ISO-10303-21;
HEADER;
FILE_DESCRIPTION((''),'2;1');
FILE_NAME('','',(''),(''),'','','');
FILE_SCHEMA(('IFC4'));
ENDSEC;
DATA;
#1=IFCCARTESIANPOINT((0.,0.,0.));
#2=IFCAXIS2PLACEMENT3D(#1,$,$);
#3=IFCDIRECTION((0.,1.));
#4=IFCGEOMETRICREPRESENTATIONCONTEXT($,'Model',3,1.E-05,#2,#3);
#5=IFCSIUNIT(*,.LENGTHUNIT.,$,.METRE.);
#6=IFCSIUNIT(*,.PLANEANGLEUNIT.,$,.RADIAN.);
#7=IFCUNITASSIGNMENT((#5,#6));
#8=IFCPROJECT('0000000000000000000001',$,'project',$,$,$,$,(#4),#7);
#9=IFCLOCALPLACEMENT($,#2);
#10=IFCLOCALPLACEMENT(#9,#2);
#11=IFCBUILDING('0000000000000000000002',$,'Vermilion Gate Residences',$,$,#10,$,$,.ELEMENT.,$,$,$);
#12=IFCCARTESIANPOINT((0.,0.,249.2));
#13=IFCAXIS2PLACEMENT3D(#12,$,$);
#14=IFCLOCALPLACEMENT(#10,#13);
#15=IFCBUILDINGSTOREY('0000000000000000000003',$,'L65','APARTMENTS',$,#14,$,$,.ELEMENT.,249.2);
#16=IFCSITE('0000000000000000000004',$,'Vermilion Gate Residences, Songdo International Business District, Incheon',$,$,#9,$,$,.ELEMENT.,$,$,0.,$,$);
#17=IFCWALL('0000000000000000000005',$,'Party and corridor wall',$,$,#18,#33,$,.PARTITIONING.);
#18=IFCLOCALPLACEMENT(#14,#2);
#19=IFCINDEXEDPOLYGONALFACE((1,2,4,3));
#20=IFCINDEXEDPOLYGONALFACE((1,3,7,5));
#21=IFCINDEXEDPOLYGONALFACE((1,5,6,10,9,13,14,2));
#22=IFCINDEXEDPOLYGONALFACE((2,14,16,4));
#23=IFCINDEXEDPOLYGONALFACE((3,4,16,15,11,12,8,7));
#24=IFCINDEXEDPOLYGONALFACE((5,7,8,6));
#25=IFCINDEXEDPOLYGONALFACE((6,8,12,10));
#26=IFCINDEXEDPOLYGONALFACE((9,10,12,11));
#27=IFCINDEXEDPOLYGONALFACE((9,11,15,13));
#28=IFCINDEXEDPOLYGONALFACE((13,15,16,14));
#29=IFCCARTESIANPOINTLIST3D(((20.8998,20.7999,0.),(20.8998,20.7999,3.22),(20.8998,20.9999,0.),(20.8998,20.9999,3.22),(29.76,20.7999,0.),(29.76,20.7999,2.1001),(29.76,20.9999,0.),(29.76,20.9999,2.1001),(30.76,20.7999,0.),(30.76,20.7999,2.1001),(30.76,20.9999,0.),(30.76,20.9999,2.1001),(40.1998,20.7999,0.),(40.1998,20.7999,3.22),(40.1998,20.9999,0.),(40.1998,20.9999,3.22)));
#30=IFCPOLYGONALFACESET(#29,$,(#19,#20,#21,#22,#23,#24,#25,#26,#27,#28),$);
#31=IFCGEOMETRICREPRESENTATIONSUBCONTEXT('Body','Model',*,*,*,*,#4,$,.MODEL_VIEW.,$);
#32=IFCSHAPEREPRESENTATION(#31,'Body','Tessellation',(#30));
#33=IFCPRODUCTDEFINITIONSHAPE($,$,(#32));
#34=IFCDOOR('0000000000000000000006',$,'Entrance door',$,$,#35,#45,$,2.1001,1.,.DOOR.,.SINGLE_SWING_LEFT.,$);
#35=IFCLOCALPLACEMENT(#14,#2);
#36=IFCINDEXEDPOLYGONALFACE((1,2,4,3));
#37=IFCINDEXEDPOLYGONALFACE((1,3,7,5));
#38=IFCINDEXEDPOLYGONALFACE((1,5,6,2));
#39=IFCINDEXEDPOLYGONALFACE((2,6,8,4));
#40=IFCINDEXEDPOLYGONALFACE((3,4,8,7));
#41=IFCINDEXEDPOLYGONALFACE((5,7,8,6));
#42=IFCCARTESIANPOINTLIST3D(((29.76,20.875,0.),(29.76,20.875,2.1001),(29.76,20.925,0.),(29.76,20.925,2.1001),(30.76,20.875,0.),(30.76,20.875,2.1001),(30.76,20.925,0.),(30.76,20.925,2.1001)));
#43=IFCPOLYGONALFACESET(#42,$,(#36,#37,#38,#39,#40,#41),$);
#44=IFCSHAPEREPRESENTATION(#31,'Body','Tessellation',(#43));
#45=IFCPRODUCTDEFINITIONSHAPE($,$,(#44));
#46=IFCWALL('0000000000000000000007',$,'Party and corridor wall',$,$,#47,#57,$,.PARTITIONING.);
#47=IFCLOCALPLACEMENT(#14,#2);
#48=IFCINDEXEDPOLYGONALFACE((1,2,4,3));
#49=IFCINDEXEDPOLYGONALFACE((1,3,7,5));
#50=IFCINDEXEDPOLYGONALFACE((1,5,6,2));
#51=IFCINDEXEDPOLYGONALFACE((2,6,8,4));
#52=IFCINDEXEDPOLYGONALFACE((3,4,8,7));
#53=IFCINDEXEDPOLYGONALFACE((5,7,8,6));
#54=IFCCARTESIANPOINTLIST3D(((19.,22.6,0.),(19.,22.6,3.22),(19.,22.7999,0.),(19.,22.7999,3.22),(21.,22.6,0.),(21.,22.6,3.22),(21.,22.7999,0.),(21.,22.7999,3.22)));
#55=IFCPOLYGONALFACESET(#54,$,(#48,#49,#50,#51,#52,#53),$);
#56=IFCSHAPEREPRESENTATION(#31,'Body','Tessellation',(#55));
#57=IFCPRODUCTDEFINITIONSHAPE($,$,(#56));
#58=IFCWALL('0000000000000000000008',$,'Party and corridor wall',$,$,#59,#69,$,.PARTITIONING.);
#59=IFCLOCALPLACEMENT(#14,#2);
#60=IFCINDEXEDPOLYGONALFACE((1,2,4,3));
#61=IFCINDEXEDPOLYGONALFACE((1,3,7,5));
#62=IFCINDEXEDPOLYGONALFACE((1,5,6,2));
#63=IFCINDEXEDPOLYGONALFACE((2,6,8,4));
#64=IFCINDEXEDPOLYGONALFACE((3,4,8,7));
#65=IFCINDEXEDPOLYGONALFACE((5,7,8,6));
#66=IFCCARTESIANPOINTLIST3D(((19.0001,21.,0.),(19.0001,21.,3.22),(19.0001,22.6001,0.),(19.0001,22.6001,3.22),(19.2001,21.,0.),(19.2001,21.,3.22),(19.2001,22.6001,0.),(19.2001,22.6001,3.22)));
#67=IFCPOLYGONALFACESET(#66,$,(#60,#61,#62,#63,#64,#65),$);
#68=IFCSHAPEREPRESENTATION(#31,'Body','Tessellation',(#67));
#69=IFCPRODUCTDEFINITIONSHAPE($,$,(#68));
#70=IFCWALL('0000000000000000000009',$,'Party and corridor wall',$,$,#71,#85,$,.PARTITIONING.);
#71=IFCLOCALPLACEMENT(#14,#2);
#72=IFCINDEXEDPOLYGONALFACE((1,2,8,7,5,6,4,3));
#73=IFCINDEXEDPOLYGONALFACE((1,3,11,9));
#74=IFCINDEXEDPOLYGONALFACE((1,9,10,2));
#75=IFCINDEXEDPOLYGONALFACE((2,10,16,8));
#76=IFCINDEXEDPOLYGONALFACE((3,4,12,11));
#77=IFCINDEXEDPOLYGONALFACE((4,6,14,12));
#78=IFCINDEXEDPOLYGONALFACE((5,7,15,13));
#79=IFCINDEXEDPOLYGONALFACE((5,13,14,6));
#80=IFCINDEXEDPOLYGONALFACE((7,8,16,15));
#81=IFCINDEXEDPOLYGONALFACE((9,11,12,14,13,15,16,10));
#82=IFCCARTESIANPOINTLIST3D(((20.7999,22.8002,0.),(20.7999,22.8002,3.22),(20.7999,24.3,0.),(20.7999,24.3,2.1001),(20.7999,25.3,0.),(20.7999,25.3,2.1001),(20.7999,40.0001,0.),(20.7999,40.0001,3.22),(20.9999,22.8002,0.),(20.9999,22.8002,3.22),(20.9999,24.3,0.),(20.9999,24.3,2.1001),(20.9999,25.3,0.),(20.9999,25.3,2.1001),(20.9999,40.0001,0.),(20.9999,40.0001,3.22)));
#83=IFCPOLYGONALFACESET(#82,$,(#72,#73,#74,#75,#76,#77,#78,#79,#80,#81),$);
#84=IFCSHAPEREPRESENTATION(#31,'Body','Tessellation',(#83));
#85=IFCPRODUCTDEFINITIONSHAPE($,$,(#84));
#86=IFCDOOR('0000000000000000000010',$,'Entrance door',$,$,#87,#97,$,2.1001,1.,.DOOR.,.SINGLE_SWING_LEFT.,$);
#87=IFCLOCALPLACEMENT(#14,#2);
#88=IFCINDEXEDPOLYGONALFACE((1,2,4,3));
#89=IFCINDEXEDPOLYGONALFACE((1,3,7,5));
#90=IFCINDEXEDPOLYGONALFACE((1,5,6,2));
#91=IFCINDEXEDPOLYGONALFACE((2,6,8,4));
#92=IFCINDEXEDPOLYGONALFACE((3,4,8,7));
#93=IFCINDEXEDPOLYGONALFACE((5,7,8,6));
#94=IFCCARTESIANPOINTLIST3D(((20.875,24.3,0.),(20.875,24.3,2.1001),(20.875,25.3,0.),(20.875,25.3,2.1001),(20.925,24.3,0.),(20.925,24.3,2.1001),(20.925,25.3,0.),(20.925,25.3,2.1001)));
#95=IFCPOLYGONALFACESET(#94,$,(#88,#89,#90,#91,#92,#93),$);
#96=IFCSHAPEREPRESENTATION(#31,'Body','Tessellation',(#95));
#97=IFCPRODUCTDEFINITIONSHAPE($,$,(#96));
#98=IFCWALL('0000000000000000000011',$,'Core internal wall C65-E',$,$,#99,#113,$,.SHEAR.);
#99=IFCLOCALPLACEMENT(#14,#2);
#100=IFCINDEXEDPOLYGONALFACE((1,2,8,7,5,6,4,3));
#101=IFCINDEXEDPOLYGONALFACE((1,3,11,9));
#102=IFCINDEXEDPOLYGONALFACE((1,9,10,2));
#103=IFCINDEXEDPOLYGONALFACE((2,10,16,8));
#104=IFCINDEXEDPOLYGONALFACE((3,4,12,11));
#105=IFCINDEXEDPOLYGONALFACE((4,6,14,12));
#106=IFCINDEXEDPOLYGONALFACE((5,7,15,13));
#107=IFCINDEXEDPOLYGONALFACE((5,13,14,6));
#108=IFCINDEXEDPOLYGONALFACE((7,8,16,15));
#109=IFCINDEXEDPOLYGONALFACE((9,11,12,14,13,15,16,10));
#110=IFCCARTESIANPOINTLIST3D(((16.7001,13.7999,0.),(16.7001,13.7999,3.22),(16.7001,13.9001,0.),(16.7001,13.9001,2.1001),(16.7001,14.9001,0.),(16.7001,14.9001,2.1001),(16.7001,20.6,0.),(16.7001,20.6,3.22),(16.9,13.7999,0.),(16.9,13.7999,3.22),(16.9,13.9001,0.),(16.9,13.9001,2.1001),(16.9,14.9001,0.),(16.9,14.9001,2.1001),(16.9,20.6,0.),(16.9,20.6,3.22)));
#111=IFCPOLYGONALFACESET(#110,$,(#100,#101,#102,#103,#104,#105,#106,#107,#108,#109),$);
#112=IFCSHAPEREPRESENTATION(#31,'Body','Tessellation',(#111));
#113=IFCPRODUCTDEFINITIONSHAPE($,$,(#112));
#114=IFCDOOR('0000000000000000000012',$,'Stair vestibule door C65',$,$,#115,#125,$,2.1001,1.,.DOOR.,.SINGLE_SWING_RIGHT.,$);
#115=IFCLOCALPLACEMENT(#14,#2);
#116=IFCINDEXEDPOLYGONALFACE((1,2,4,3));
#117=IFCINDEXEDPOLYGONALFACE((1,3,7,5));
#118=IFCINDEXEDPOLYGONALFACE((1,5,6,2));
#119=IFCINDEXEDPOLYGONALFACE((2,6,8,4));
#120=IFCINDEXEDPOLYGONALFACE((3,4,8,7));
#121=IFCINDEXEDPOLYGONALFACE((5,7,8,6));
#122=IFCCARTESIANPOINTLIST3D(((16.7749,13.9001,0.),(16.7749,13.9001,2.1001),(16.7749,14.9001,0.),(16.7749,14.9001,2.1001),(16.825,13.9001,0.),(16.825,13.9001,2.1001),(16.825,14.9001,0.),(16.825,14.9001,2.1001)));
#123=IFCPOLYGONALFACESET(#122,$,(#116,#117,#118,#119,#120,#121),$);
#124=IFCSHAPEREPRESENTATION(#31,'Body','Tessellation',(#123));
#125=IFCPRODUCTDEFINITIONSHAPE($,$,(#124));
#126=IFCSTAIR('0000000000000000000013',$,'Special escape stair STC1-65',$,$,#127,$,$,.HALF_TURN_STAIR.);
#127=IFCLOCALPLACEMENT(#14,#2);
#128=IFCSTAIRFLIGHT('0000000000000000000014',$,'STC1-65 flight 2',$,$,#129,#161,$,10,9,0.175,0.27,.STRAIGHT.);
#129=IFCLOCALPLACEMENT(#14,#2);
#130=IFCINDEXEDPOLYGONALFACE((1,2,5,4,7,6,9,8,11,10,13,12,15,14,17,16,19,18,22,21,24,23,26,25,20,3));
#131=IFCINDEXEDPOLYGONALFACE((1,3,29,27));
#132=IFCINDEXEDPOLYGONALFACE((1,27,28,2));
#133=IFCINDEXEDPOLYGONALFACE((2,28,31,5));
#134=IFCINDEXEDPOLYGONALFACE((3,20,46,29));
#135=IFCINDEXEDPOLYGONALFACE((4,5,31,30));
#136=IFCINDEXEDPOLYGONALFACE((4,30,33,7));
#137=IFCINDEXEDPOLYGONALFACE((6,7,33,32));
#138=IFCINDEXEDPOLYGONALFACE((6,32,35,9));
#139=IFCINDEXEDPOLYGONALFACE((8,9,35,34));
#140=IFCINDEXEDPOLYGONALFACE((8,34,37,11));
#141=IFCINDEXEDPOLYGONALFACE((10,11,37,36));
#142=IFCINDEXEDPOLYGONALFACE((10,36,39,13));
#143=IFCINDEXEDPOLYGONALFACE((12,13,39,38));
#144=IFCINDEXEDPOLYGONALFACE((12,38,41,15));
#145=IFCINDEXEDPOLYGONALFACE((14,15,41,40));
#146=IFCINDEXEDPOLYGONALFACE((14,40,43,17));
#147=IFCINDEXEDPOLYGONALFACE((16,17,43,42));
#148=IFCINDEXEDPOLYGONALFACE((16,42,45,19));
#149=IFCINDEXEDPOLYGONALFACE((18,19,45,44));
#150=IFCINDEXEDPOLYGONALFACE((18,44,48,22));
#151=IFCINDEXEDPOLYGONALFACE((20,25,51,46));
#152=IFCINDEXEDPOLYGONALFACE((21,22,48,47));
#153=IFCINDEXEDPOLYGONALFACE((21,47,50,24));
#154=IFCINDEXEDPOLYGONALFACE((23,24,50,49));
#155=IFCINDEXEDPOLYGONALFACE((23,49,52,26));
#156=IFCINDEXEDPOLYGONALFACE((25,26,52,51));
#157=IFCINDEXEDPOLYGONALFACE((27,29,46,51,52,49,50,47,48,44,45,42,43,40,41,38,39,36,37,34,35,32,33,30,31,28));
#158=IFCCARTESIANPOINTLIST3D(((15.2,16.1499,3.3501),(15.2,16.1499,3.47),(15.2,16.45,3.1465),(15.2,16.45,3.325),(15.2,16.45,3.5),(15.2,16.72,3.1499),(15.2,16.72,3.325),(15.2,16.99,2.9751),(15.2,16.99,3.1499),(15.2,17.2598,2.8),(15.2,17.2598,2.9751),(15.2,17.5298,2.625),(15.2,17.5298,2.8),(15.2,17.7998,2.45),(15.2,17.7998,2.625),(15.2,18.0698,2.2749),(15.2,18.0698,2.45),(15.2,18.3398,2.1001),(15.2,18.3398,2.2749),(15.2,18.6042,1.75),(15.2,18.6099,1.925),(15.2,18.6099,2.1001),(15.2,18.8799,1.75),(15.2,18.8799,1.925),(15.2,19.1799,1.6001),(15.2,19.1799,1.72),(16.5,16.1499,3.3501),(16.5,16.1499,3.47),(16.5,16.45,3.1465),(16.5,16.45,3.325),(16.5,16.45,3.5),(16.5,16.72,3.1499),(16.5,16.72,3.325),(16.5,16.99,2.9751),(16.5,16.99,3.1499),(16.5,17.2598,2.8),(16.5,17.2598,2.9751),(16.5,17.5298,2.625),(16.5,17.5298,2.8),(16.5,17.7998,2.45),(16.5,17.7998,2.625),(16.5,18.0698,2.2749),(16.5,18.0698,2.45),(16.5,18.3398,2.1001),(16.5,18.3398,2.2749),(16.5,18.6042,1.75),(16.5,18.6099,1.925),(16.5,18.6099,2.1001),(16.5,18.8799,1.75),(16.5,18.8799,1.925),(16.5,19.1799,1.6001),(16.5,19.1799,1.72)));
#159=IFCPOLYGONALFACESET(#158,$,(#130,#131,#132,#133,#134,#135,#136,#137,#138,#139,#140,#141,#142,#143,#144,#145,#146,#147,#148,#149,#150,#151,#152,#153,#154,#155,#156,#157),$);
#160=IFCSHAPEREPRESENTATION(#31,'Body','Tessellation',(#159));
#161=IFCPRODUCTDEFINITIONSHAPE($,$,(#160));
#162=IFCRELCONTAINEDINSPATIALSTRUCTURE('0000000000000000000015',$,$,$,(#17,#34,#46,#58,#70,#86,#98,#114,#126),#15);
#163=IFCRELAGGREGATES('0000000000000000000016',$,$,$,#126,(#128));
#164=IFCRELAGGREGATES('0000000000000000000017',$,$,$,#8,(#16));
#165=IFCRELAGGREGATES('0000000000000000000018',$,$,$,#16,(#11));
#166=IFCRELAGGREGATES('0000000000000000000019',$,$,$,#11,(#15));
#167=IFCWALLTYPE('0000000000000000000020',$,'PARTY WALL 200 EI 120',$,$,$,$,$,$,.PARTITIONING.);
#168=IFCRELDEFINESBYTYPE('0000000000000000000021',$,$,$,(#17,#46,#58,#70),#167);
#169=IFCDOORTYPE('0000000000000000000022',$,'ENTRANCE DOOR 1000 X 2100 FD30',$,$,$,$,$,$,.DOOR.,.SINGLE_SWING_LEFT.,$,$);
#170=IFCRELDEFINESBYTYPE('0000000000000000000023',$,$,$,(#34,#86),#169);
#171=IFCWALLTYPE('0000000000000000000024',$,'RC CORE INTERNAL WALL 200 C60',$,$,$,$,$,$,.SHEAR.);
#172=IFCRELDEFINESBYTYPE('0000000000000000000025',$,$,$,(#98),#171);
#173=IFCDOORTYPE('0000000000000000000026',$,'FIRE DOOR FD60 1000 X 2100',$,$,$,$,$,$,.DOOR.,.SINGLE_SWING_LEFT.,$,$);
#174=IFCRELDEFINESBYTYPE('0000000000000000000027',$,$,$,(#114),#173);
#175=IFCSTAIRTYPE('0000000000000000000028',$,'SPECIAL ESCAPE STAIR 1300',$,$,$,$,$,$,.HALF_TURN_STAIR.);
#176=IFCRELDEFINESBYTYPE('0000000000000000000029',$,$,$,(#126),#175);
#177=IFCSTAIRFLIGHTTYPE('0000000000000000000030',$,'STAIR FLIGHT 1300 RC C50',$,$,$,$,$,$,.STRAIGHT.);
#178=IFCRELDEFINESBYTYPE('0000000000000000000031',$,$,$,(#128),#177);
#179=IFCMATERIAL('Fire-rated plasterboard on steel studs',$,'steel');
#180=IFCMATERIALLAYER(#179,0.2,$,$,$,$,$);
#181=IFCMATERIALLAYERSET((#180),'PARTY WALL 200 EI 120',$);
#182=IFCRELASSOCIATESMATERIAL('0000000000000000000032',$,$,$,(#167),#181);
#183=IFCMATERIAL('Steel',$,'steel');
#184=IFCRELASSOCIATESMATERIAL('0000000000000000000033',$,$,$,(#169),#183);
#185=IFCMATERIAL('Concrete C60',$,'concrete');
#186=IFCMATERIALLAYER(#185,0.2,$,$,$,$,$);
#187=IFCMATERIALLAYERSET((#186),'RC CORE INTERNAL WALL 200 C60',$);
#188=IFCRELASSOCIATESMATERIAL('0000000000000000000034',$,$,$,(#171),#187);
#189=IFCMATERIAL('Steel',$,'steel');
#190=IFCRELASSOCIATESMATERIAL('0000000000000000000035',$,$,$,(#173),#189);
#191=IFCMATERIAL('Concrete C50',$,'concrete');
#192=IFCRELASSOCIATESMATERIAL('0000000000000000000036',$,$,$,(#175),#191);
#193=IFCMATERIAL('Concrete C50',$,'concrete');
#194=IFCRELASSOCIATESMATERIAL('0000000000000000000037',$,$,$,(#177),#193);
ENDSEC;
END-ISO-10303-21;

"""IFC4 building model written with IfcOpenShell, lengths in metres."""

from ifc_helpers import new_model, si_unit, direction, frame, frame_2d, origin, place, context, subcontext, project, spatial, polyline, rectangle, outline, extrude, material, layer, layer_set, type_object, element, fill, aggregate, save


model = new_model("IFC4")

# Units and contexts
model_context = context("Model", 3, precision=1e-05, world=origin(), true_north=direction((0.0, 1.0)))
body_context = subcontext(model_context, "Body", "Model", "MODEL_VIEW")
ifc_project = project(units=[si_unit("LENGTHUNIT", "METRE"), si_unit("PLANEANGLEUNIT", "RADIAN")], contexts=[model_context])

# Site, building, storey
site_placement = place(None, origin())
site = spatial("IfcSite", under=ifc_project, at=site_placement, Name="Vermilion Gate Residences, Songdo International Business District, Incheon", CompositionType="ELEMENT", RefElevation=0.0)
building_placement = place(site_placement, origin())
building = spatial("IfcBuilding", under=site, at=building_placement, Name="Vermilion Gate Residences", CompositionType="ELEMENT")
storey_placement = place(building_placement, frame((0.0, 0.0, 249.2)))
storey = spatial("IfcBuildingStorey", under=building, at=storey_placement, Name="L65", Description="APARTMENTS", CompositionType="ELEMENT", Elevation=249.2)

# Wall, opening, door
ifc_material_1 = material(Name="Fire-rated plasterboard on steel studs", Category="steel")
ifc_layer_1 = layer(ifc_material_1, 0.2)
ifc_layer_set_1 = layer_set([ifc_layer_1], Name="PARTY WALL 200 EI 120")
wall_type_1 = type_object("IfcWallType", Name="PARTY WALL 200 EI 120", PredefinedType="PARTITIONING", material=ifc_layer_set_1)
ifc_material_2 = material(Name="Steel", Category="steel")
door_type_1 = type_object("IfcDoorType", Name="ENTRANCE DOOR 1000 X 2100 FD30", OperationType="SINGLE_SWING_LEFT", PredefinedType="DOOR", material=ifc_material_2)
wall_1_placement = place(storey_placement, frame((20.8999, 20.8999, 0.0), z_axis=(0.0, 0.0, 1.0), x_axis=(1.0, 0.0, 0.0)))
wall_1 = element("IfcWall", 1, at=wall_1_placement, inside=storey, type_object=wall_type_1, Name="Party and corridor wall", PredefinedType="PARTITIONING", context=body_context, shape_type="SweptSolid", body=[
    extrude(rectangle(XDim=19.3, YDim=0.2, at=frame_2d((9.6499, 0.0))), origin(), (0.0, 0.0, 1.0), 3.22),
])
opening_1_placement = place(wall_1_placement, frame((8.8601, 0.0, 0.0)))
opening_1 = element("IfcOpeningElement", 2, at=opening_1_placement, cuts=wall_1, PredefinedType="OPENING", context=body_context, shape_type="SweptSolid", body=[
    extrude(rectangle(XDim=1.0, YDim=2.1001, at=frame_2d((0.5, 1.05))), frame((0.0, 0.1099, 0.0), z_axis=(0.0, -1.0, 0.0), x_axis=(1.0, 0.0, 0.0)), (0.0, 0.0, 1.0), 0.22),
])
door_1_placement = place(opening_1_placement, frame((1.0, 0.0, 0.0), z_axis=(0.0, 0.0, 1.0), x_axis=(-1.0, 0.0, 0.0)))
door_1 = element("IfcDoor", 3, at=door_1_placement, inside=storey, type_object=door_type_1, Name="Entrance door", OperationType="SINGLE_SWING_LEFT", OverallHeight=2.1001, OverallWidth=1.0, PredefinedType="DOOR", context=body_context, shape_type="SweptSolid", body=[
    extrude(rectangle(XDim=1.0, YDim=2.1001, at=frame_2d((0.5, 1.05))), frame((0.0, 0.0249, 0.0), z_axis=(0.0, -1.0, 0.0), x_axis=(1.0, 0.0, 0.0)), (0.0, 0.0, 1.0), 0.05),
])
fill(opening_1, door_1)

# Walls
wall_2_placement = place(storey_placement, frame((19.0, 22.7, 0.0), z_axis=(0.0, 0.0, 1.0), x_axis=(1.0, 0.0, 0.0)))
element("IfcWall", 4, at=wall_2_placement, inside=storey, type_object=wall_type_1, Name="Party and corridor wall", PredefinedType="PARTITIONING", context=body_context, shape_type="SweptSolid", body=[
    extrude(rectangle(XDim=2.0, YDim=0.2, at=frame_2d((1.0, 0.0))), origin(), (0.0, 0.0, 1.0), 3.22),
])
wall_3_placement = place(storey_placement, frame((19.1001, 21.0, 0.0), z_axis=(0.0, 0.0, 1.0), x_axis=(0.0, 1.0, 0.0)))
element("IfcWall", 5, at=wall_3_placement, inside=storey, type_object=wall_type_1, Name="Party and corridor wall", PredefinedType="PARTITIONING", context=body_context, shape_type="SweptSolid", body=[
    extrude(rectangle(XDim=1.6001, YDim=0.2, at=frame_2d((0.8, 0.0))), origin(), (0.0, 0.0, 1.0), 3.22),
])

# Walls, openings, doors
wall_4_placement = place(storey_placement, frame((20.8999, 22.8, 0.0), z_axis=(0.0, 0.0, 1.0), x_axis=(0.0, 1.0, 0.0)))
wall_4 = element("IfcWall", 6, at=wall_4_placement, inside=storey, type_object=wall_type_1, Name="Party and corridor wall", PredefinedType="PARTITIONING", context=body_context, shape_type="SweptSolid", body=[
    extrude(rectangle(XDim=17.2, YDim=0.2, at=frame_2d((8.6001, 0.0))), origin(), (0.0, 0.0, 1.0), 3.22),
])
opening_2_placement = place(wall_4_placement, frame((1.5, 0.0, 0.0)))
opening_2 = element("IfcOpeningElement", 7, at=opening_2_placement, cuts=wall_4, PredefinedType="OPENING", context=body_context, shape_type="SweptSolid", body=[
    extrude(rectangle(XDim=1.0, YDim=2.1001, at=frame_2d((0.5, 1.05))), frame((0.0, 0.1099, 0.0), z_axis=(0.0, -1.0, 0.0), x_axis=(1.0, 0.0, 0.0)), (0.0, 0.0, 1.0), 0.22),
])
door_2_placement = place(opening_2_placement, origin())
door_2 = element("IfcDoor", 8, at=door_2_placement, inside=storey, type_object=door_type_1, Name="Entrance door", OperationType="SINGLE_SWING_LEFT", OverallHeight=2.1001, OverallWidth=1.0, PredefinedType="DOOR", context=body_context, shape_type="SweptSolid", body=[
    extrude(rectangle(XDim=1.0, YDim=2.1001, at=frame_2d((0.5, 1.05))), frame((0.0, 0.0249, 0.0), z_axis=(0.0, -1.0, 0.0), x_axis=(1.0, 0.0, 0.0)), (0.0, 0.0, 1.0), 0.05),
])
fill(opening_2, door_2)
ifc_material_3 = material(Name="Concrete C60", Category="concrete")
ifc_layer_2 = layer(ifc_material_3, 0.2)
ifc_layer_set_2 = layer_set([ifc_layer_2], Name="RC CORE INTERNAL WALL 200 C60")
wall_type_2 = type_object("IfcWallType", Name="RC CORE INTERNAL WALL 200 C60", PredefinedType="SHEAR", material=ifc_layer_set_2)
wall_5_placement = place(storey_placement, frame((16.8, 13.8, 0.0), z_axis=(0.0, 0.0, 1.0), x_axis=(0.0, 1.0, 0.0)))
wall_5 = element("IfcWall", 9, at=wall_5_placement, inside=storey, type_object=wall_type_2, Name="Core internal wall C65-E", PredefinedType="SHEAR", context=body_context, shape_type="SweptSolid", body=[
    extrude(rectangle(XDim=6.8, YDim=0.2, at=frame_2d((3.3999, 0.0))), origin(), (0.0, 0.0, 1.0), 3.22),
])
opening_3_placement = place(wall_5_placement, frame((0.1001, 0.0, 0.0)))
opening_3 = element("IfcOpeningElement", 10, at=opening_3_placement, cuts=wall_5, PredefinedType="OPENING", context=body_context, shape_type="SweptSolid", body=[
    extrude(rectangle(XDim=1.0, YDim=2.1001, at=frame_2d((0.5, 1.05))), frame((0.0, 0.1099, 0.0), z_axis=(0.0, -1.0, 0.0), x_axis=(1.0, 0.0, 0.0)), (0.0, 0.0, 1.0), 0.22),
])
ifc_material_4 = material(Name="Steel", Category="steel")
door_type_2 = type_object("IfcDoorType", Name="FIRE DOOR FD60 1000 X 2100", OperationType="SINGLE_SWING_LEFT", PredefinedType="DOOR", material=ifc_material_4)
door_3_placement = place(opening_3_placement, frame((1.0, 0.0, 0.0), z_axis=(0.0, 0.0, 1.0), x_axis=(-1.0, 0.0, 0.0)))
door_3 = element("IfcDoor", 11, at=door_3_placement, inside=storey, type_object=door_type_2, Name="Stair vestibule door C65", OperationType="SINGLE_SWING_RIGHT", OverallHeight=2.1001, OverallWidth=1.0, PredefinedType="DOOR", context=body_context, shape_type="SweptSolid", body=[
    extrude(rectangle(XDim=1.0, YDim=2.1001, at=frame_2d((0.5, 1.05))), frame((0.0, 0.0249, 0.0), z_axis=(0.0, -1.0, 0.0), x_axis=(1.0, 0.0, 0.0)), (0.0, 0.0, 1.0), 0.05),
])
fill(opening_3, door_3)

# Stair, stair flight
ifc_material_5 = material(Name="Concrete C50", Category="concrete")
stair_type = type_object("IfcStairType", Name="SPECIAL ESCAPE STAIR 1300", PredefinedType="HALF_TURN_STAIR", material=ifc_material_5)
stair_placement = place(storey_placement, origin())
stair = element("IfcStair", 12, at=stair_placement, inside=storey, type_object=stair_type, Name="Special escape stair STC1-65", PredefinedType="HALF_TURN_STAIR")
ifc_material_6 = material(Name="Concrete C50", Category="concrete")
stair_flight_type = type_object("IfcStairFlightType", Name="STAIR FLIGHT 1300 RC C50", PredefinedType="STRAIGHT", material=ifc_material_6)
stair_flight_placement = place(storey_placement, frame((15.8501, 18.8799, 1.75), z_axis=(0.0, 0.0, 1.0), x_axis=(0.0, -1.0, 0.0)))
stair_flight = element("IfcStairFlight", 13, at=stair_flight_placement, type_object=stair_flight_type, Name="STC1-65 flight 2", NumberOfRisers=10, NumberOfTreads=9, PredefinedType="STRAIGHT", RiserHeight=0.175, TreadLength=0.27, context=body_context, shape_type="SweptSolid", body=[
    extrude(outline(polyline([(-0.3, -0.1499), (-0.3, -0.03), (0.0, 0.0), (0.0, 0.175), (0.27, 0.175), (0.27, 0.3501), (0.54, 0.3501), (0.54, 0.5249), (0.8101, 0.5249), (0.8101, 0.7), (1.0801, 0.7), (1.0801, 0.875), (1.3501, 0.875), (1.3501, 1.05), (1.6201, 1.05), (1.6201, 1.2251), (1.8899, 1.2251), (1.8899, 1.3999), (2.1599, 1.3999), (2.1599, 1.575), (2.4299, 1.575), (2.4299, 1.75), (2.73, 1.72), (2.73, 1.6001), (2.4299, 1.3965), (0.2756, 0.0), (-0.3, -0.1499)])), frame((0.0, 0.6499, 0.0), z_axis=(0.0, -1.0, 0.0), x_axis=(1.0, 0.0, 0.0)), (0.0, 0.0, 1.0), 1.3),
])
aggregate(stair, [stair_flight])

save(model, "model.ifc")
